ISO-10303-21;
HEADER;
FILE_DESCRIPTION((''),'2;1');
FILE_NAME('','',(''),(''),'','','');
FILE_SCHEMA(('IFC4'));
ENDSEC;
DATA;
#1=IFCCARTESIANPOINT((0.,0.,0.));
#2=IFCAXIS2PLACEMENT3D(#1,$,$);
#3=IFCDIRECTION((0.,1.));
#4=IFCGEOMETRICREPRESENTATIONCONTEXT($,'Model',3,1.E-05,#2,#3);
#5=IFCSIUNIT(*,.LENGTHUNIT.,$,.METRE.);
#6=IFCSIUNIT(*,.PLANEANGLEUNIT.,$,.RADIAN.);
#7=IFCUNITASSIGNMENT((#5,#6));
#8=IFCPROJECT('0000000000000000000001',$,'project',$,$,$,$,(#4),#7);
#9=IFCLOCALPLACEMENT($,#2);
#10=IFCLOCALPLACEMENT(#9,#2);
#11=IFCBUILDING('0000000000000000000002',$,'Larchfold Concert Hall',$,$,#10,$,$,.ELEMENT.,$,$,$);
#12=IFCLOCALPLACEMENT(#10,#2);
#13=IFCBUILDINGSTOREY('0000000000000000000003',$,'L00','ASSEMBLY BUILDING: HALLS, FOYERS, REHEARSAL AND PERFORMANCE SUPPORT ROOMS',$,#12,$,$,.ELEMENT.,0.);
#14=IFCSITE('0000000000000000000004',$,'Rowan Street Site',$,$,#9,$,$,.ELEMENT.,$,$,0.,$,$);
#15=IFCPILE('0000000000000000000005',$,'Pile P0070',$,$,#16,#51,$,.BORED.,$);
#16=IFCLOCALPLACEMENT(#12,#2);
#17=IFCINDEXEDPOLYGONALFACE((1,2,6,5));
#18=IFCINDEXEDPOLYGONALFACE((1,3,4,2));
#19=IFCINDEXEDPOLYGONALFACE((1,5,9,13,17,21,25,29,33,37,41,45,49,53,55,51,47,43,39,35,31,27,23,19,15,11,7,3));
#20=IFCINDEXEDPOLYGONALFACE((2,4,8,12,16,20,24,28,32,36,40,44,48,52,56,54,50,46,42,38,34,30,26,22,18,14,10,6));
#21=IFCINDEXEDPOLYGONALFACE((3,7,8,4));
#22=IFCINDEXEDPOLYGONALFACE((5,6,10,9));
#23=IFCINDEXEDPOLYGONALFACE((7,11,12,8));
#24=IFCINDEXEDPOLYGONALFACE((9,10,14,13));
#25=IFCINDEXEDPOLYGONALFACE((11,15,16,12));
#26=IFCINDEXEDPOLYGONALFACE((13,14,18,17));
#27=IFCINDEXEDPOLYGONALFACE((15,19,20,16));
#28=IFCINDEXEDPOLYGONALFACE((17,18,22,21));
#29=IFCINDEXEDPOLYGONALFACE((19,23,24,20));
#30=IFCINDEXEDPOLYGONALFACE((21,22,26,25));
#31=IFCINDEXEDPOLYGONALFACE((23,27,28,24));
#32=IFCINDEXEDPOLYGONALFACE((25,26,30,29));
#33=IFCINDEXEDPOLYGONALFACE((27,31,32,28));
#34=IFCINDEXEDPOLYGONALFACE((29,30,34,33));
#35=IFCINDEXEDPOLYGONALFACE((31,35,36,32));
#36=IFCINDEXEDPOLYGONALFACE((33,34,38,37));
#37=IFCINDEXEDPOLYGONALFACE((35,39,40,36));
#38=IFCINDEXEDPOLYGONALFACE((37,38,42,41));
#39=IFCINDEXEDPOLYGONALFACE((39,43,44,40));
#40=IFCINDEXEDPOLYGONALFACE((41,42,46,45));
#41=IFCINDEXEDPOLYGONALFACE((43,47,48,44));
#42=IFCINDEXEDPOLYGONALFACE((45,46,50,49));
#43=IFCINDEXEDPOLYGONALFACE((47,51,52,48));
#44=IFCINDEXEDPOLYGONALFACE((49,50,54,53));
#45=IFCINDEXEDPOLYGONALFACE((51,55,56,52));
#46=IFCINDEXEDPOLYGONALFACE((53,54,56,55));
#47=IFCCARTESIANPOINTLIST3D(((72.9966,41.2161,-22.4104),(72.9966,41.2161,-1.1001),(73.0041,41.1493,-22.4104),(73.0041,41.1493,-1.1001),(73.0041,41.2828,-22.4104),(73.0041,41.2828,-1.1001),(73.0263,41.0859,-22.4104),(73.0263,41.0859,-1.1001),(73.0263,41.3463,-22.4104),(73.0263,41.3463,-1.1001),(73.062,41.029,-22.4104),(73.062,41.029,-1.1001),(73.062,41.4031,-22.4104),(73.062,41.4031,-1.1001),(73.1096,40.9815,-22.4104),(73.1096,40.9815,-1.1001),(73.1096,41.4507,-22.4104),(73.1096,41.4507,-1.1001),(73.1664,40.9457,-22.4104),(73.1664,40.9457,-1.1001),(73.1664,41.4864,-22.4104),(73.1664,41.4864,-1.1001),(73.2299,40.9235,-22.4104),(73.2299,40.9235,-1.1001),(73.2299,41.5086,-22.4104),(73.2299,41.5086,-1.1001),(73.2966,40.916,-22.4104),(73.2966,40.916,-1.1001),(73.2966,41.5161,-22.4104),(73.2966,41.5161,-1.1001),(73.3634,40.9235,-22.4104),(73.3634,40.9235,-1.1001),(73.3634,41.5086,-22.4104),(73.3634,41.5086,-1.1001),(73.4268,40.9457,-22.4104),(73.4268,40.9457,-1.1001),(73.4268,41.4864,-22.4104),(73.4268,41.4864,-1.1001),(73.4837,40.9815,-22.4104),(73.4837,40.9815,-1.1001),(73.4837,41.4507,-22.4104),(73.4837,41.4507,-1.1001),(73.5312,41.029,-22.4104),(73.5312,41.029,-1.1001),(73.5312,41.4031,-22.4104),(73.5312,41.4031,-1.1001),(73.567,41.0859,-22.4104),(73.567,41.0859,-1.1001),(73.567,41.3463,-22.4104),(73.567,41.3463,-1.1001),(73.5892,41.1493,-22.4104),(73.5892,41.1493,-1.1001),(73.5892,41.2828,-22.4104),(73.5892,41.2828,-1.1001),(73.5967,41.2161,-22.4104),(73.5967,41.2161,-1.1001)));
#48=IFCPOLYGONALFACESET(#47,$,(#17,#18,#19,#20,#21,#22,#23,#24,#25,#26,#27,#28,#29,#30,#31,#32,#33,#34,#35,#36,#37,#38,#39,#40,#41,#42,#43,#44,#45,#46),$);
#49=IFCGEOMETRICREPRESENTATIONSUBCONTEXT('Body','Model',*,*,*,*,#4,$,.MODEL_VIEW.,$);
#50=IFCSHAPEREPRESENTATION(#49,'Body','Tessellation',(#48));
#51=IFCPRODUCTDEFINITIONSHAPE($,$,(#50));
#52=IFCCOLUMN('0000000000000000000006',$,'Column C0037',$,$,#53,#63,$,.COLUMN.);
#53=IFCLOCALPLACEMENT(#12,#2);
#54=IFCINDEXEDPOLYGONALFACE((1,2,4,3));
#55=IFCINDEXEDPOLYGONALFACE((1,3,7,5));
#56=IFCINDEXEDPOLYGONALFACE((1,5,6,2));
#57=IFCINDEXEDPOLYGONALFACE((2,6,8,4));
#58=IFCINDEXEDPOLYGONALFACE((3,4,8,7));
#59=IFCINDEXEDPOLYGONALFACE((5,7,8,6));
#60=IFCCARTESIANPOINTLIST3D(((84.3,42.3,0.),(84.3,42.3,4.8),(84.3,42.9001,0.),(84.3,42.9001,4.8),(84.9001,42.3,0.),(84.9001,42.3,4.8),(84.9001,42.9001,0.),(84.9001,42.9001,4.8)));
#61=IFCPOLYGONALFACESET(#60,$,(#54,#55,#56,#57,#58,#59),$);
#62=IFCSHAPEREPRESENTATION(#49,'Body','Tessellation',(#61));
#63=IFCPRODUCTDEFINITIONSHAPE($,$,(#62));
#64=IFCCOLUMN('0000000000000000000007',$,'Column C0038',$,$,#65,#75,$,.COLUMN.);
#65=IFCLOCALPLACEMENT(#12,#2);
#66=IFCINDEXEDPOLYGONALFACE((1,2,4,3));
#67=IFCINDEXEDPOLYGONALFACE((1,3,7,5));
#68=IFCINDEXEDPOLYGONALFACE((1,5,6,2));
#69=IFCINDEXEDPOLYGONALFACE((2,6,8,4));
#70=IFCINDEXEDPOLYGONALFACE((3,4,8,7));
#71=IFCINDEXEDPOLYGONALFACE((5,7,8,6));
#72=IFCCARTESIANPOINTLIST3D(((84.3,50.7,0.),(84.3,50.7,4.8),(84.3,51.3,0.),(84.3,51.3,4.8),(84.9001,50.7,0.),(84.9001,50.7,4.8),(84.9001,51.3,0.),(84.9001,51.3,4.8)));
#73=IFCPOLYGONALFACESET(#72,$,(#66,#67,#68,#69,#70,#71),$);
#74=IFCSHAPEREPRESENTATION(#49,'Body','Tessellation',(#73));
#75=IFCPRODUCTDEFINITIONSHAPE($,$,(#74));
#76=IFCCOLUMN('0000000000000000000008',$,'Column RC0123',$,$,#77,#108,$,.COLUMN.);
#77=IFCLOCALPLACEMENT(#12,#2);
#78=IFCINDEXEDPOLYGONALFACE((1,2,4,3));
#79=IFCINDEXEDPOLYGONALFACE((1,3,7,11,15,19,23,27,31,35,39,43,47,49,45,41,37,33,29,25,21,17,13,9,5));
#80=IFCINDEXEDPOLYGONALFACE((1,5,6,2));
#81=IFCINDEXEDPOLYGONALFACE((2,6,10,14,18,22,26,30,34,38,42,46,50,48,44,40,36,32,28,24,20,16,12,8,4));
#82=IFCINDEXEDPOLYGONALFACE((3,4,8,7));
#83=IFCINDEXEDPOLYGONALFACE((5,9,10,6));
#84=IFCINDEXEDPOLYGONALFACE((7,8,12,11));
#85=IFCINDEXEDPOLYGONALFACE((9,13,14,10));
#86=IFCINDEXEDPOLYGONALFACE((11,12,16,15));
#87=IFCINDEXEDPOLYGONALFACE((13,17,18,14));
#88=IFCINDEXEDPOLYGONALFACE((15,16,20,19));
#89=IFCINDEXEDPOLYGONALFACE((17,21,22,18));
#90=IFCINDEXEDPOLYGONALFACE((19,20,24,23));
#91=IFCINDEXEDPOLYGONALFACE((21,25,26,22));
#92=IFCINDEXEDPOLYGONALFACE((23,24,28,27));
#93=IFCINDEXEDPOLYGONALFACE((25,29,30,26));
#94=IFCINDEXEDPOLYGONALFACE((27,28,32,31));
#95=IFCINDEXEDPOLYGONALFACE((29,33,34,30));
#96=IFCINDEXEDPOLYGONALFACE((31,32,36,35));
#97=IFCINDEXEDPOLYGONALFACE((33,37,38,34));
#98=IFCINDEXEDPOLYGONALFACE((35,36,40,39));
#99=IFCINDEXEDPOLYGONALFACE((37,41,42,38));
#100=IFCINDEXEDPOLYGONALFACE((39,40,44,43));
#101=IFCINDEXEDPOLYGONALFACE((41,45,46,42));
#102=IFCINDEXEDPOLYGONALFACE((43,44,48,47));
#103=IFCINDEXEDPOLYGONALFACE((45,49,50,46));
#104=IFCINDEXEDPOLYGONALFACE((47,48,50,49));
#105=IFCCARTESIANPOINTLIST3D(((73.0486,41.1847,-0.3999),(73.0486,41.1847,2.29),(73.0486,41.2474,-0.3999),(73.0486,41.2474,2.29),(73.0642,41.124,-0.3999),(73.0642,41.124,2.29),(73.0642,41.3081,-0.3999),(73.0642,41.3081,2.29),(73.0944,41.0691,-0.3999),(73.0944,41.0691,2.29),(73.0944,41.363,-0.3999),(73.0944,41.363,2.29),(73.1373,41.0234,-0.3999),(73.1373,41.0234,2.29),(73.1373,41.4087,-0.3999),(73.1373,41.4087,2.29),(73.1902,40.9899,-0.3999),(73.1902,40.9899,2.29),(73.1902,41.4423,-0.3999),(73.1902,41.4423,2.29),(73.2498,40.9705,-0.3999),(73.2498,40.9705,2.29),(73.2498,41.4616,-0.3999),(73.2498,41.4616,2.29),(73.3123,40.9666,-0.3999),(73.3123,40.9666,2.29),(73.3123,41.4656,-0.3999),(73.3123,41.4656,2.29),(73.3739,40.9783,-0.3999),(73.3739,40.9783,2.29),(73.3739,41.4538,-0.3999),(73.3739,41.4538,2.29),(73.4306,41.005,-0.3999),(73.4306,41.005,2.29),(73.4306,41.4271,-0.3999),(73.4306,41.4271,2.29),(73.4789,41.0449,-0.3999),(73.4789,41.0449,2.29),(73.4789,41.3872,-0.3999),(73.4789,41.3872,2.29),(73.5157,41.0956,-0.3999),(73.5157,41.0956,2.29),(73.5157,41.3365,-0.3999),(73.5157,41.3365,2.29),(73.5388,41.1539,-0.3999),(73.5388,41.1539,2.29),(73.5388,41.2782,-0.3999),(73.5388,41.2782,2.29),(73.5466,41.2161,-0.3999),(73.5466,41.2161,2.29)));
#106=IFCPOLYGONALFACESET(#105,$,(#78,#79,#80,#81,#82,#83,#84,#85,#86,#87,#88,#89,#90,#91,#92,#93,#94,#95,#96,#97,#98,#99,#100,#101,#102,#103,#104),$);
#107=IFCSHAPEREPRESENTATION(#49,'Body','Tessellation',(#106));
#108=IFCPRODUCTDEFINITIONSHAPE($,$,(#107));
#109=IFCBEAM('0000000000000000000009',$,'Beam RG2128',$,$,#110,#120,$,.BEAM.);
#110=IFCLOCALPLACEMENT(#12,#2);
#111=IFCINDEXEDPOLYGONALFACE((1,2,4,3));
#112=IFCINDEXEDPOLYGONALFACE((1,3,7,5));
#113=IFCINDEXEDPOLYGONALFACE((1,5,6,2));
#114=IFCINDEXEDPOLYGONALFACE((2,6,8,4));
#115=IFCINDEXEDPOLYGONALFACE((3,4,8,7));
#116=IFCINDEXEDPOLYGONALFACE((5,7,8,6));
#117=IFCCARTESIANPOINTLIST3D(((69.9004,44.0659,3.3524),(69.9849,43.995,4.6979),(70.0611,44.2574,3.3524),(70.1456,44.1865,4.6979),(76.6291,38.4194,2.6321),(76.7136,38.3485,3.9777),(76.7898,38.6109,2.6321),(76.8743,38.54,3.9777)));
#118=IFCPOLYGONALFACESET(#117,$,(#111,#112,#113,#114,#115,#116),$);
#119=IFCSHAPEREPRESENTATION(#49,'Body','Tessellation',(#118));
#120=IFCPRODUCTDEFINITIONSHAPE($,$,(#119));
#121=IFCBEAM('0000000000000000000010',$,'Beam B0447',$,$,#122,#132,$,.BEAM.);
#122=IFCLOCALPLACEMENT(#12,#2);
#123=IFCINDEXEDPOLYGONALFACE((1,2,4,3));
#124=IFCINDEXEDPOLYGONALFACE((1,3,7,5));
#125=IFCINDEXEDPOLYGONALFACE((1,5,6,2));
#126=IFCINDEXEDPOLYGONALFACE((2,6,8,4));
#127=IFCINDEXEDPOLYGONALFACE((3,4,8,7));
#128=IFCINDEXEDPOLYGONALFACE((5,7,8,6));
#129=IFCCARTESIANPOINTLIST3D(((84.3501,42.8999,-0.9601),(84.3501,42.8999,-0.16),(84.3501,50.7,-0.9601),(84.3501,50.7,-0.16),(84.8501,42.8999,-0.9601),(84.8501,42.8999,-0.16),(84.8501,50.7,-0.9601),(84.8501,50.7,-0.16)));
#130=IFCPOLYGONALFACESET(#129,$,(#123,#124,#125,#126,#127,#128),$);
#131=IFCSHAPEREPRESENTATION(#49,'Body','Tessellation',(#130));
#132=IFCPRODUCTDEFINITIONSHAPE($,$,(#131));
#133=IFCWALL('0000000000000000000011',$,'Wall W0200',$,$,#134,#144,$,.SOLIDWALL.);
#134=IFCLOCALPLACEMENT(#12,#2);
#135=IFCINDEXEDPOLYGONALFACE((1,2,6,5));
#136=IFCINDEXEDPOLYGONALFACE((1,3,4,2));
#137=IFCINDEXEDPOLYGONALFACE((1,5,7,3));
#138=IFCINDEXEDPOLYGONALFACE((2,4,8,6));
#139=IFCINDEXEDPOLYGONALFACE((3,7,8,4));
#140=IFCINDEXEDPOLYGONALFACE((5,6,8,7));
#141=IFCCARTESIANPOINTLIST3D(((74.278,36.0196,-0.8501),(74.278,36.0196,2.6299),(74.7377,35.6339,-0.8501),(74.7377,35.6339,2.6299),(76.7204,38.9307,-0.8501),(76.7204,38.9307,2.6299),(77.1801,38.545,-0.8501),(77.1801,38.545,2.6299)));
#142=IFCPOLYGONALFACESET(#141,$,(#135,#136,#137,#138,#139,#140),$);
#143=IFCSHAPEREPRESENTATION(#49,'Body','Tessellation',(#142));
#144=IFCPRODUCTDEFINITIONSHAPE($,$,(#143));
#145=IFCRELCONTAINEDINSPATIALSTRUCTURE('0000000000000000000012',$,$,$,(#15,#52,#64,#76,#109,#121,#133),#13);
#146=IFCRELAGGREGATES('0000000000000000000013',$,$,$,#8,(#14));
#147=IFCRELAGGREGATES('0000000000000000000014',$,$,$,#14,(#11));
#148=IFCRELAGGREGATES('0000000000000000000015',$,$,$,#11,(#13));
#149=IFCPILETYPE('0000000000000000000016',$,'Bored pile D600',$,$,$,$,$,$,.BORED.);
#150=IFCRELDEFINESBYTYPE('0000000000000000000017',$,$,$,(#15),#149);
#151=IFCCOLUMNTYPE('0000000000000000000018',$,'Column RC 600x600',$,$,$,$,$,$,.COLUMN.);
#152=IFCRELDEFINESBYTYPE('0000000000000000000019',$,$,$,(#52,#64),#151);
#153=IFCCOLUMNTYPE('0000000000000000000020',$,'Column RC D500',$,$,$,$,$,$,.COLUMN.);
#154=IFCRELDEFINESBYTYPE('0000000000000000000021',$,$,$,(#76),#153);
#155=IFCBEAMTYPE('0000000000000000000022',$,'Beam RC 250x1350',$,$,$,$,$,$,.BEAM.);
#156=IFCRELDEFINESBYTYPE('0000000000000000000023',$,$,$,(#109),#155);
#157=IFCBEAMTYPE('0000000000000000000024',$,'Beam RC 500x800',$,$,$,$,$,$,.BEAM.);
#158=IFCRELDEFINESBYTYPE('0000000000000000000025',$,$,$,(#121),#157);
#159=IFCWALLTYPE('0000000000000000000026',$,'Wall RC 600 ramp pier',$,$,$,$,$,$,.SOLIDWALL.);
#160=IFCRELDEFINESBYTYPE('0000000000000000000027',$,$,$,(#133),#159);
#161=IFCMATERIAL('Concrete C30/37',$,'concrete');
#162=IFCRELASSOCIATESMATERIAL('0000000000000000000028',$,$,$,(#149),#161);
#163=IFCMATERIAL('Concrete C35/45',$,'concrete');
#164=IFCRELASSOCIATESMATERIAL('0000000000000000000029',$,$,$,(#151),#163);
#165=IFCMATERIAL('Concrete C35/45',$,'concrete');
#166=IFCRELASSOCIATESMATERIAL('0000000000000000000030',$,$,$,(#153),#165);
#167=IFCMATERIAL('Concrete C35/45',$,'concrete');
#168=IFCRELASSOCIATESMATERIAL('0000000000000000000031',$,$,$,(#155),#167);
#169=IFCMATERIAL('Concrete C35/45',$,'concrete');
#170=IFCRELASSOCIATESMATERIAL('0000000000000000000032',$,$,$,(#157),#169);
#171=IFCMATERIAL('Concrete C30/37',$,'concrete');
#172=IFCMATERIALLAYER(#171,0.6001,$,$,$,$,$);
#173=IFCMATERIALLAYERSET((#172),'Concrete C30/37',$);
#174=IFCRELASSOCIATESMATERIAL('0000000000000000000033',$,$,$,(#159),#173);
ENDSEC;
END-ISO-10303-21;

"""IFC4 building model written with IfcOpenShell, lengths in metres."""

from ifc_helpers import new_model, si_unit, direction, frame, frame_2d, origin, origin_2d, place, context, subcontext, project, spatial, rectangle, circle, extrude, material, layer, layer_set, material_profile, profile_set, type_object, element, save


model = new_model("IFC4")

# Units and contexts
model_context = context("Model", 3, precision=1e-05, world=origin(), true_north=direction((0.0, 1.0)))
body_context = subcontext(model_context, "Body", "Model", "MODEL_VIEW")
ifc_project = project(units=[si_unit("LENGTHUNIT", "METRE"), si_unit("PLANEANGLEUNIT", "RADIAN")], contexts=[model_context])

# Site, building, storey
site_placement = place(None, origin())
site = spatial("IfcSite", under=ifc_project, at=site_placement, Name="Rowan Street Site", CompositionType="ELEMENT", RefElevation=0.0)
building_placement = place(site_placement, origin())
building = spatial("IfcBuilding", under=site, at=building_placement, Name="Larchfold Concert Hall", CompositionType="ELEMENT")
storey_placement = place(building_placement, origin())
storey = spatial("IfcBuildingStorey", under=building, at=storey_placement, Name="L00", Description="ASSEMBLY BUILDING: HALLS, FOYERS, REHEARSAL AND PERFORMANCE SUPPORT ROOMS", CompositionType="ELEMENT", Elevation=0.0)

# Pile
ifc_material_1 = material(Name="Concrete C30/37", Category="concrete")
ifc_material_profile_1 = material_profile(ifc_material_1, circle(Radius=0.3, at=origin_2d()))
ifc_profile_set_1 = profile_set([ifc_material_profile_1], Name="Concrete C30/37")
pile_type = type_object("IfcPileType", Name="Bored pile D600", PredefinedType="BORED", material=ifc_profile_set_1)
pile_placement = place(storey_placement, frame((73.2966, 41.2161, -1.1001), z_axis=(0.0, 0.0, -1.0), x_axis=(1.0, 0.0, 0.0)))
element("IfcPile", 1, at=pile_placement, inside=storey, type_object=pile_type, Name="Pile P0070", PredefinedType="BORED", context=body_context, shape_type="SweptSolid", body=[
    extrude(circle(Radius=0.3, at=origin_2d()), origin(), (0.0, 0.0, 1.0), 21.3103),
])

# Columns
ifc_material_2 = material(Name="Concrete C35/45", Category="concrete")
ifc_material_profile_2 = material_profile(ifc_material_2, rectangle(XDim=0.6001, YDim=0.6001, at=origin_2d()))
ifc_profile_set_2 = profile_set([ifc_material_profile_2], Name="Concrete C35/45")
column_type_1 = type_object("IfcColumnType", Name="Column RC 600x600", PredefinedType="COLUMN", material=ifc_profile_set_2)
for number, where, z_axis, x_axis, name in (
    (2, (84.6001, 42.6001, 0.0), (0.0, 0.0, 1.0), (1.0, 0.0, 0.0), "Column C0037"),
    (3, (84.6001, 51.0, 0.0), (0.0, 0.0, 1.0), (1.0, 0.0, 0.0), "Column C0038"),
):
    element("IfcColumn", number, at=place(storey_placement, frame(where, z_axis=z_axis, x_axis=x_axis)), inside=storey, type_object=column_type_1, Name=name, PredefinedType="COLUMN", context=body_context, shape_type="SweptSolid", body=[
        extrude(rectangle(XDim=0.6001, YDim=0.6001, at=origin_2d()), origin(), (0.0, 0.0, 1.0), 4.8),
    ])
ifc_material_3 = material(Name="Concrete C35/45", Category="concrete")
ifc_material_profile_3 = material_profile(ifc_material_3, circle(Radius=0.25, at=origin_2d()))
ifc_profile_set_3 = profile_set([ifc_material_profile_3], Name="Concrete C35/45")
column_type_2 = type_object("IfcColumnType", Name="Column RC D500", PredefinedType="COLUMN", material=ifc_profile_set_3)
column_placement = place(storey_placement, frame((73.2966, 41.2161, -0.3999), z_axis=(0.0, 0.0, 1.0), x_axis=(1.0, 0.0, 0.0)))
element("IfcColumn", 4, at=column_placement, inside=storey, type_object=column_type_2, Name="Column RC0123", PredefinedType="COLUMN", context=body_context, shape_type="SweptSolid", body=[
    extrude(circle(Radius=0.25, at=origin_2d()), origin(), (0.0, 0.0, 1.0), 2.6899),
])

# Beams
ifc_material_4 = material(Name="Concrete C35/45", Category="concrete")
ifc_material_profile_4 = material_profile(ifc_material_4, rectangle(XDim=0.25, YDim=1.3501, at=origin_2d()))
ifc_profile_set_4 = profile_set([ifc_material_profile_4], Name="Concrete C35/45")
beam_type_1 = type_object("IfcBeamType", Name="Beam RC 250x1350", PredefinedType="BEAM", material=ifc_profile_set_4)
beam_1_placement = place(storey_placement, frame((76.7517, 38.4797, 3.3049), z_axis=(-0.763461, 0.640663, 0.081717), x_axis=(-0.642813, -0.766023, 0.0)))
element("IfcBeam", 5, at=beam_1_placement, inside=storey, type_object=beam_type_1, Name="Beam RG2128", PredefinedType="BEAM", context=body_context, shape_type="SweptSolid", body=[
    extrude(rectangle(XDim=0.25, YDim=1.3501, at=origin_2d()), origin(), (0.0, 0.0, 1.0), 8.8135),
])
ifc_material_5 = material(Name="Concrete C35/45", Category="concrete")
ifc_material_profile_5 = material_profile(ifc_material_5, rectangle(XDim=0.5, YDim=0.8, at=origin_2d()))
ifc_profile_set_5 = profile_set([ifc_material_profile_5], Name="Concrete C35/45")
beam_type_2 = type_object("IfcBeamType", Name="Beam RC 500x800", PredefinedType="BEAM", material=ifc_profile_set_5)
beam_2_placement = place(storey_placement, frame((84.6001, 42.8999, -0.5601), z_axis=(0.0, 1.0, 0.0), x_axis=(-1.0, 0.0, 0.0)))
element("IfcBeam", 6, at=beam_2_placement, inside=storey, type_object=beam_type_2, Name="Beam B0447", PredefinedType="BEAM", context=body_context, shape_type="SweptSolid", body=[
    extrude(rectangle(XDim=0.5, YDim=0.8, at=origin_2d()), origin(), (0.0, 0.0, 1.0), 7.8),
])

# Wall
ifc_material_6 = material(Name="Concrete C30/37", Category="concrete")
ifc_layer_1 = layer(ifc_material_6, 0.6001)
ifc_layer_set_1 = layer_set([ifc_layer_1], Name="Concrete C30/37")
wall_type_1 = type_object("IfcWallType", Name="Wall RC 600 ramp pier", PredefinedType="SOLIDWALL", material=ifc_layer_set_1)
wall_1_placement = place(storey_placement, frame((76.9502, 38.7378, -0.8501), z_axis=(0.0, 0.0, 1.0), x_axis=(-0.642734, -0.766089, 0.0)))
element("IfcWall", 7, at=wall_1_placement, inside=storey, type_object=wall_type_1, Name="Wall W0200", PredefinedType="SOLIDWALL", context=body_context, shape_type="SweptSolid", body=[
    extrude(rectangle(XDim=3.8, YDim=0.6001, at=frame_2d((1.8999, 0.0))), origin(), (0.0, 0.0, 1.0), 3.48),
])

save(model, "model.ifc")
